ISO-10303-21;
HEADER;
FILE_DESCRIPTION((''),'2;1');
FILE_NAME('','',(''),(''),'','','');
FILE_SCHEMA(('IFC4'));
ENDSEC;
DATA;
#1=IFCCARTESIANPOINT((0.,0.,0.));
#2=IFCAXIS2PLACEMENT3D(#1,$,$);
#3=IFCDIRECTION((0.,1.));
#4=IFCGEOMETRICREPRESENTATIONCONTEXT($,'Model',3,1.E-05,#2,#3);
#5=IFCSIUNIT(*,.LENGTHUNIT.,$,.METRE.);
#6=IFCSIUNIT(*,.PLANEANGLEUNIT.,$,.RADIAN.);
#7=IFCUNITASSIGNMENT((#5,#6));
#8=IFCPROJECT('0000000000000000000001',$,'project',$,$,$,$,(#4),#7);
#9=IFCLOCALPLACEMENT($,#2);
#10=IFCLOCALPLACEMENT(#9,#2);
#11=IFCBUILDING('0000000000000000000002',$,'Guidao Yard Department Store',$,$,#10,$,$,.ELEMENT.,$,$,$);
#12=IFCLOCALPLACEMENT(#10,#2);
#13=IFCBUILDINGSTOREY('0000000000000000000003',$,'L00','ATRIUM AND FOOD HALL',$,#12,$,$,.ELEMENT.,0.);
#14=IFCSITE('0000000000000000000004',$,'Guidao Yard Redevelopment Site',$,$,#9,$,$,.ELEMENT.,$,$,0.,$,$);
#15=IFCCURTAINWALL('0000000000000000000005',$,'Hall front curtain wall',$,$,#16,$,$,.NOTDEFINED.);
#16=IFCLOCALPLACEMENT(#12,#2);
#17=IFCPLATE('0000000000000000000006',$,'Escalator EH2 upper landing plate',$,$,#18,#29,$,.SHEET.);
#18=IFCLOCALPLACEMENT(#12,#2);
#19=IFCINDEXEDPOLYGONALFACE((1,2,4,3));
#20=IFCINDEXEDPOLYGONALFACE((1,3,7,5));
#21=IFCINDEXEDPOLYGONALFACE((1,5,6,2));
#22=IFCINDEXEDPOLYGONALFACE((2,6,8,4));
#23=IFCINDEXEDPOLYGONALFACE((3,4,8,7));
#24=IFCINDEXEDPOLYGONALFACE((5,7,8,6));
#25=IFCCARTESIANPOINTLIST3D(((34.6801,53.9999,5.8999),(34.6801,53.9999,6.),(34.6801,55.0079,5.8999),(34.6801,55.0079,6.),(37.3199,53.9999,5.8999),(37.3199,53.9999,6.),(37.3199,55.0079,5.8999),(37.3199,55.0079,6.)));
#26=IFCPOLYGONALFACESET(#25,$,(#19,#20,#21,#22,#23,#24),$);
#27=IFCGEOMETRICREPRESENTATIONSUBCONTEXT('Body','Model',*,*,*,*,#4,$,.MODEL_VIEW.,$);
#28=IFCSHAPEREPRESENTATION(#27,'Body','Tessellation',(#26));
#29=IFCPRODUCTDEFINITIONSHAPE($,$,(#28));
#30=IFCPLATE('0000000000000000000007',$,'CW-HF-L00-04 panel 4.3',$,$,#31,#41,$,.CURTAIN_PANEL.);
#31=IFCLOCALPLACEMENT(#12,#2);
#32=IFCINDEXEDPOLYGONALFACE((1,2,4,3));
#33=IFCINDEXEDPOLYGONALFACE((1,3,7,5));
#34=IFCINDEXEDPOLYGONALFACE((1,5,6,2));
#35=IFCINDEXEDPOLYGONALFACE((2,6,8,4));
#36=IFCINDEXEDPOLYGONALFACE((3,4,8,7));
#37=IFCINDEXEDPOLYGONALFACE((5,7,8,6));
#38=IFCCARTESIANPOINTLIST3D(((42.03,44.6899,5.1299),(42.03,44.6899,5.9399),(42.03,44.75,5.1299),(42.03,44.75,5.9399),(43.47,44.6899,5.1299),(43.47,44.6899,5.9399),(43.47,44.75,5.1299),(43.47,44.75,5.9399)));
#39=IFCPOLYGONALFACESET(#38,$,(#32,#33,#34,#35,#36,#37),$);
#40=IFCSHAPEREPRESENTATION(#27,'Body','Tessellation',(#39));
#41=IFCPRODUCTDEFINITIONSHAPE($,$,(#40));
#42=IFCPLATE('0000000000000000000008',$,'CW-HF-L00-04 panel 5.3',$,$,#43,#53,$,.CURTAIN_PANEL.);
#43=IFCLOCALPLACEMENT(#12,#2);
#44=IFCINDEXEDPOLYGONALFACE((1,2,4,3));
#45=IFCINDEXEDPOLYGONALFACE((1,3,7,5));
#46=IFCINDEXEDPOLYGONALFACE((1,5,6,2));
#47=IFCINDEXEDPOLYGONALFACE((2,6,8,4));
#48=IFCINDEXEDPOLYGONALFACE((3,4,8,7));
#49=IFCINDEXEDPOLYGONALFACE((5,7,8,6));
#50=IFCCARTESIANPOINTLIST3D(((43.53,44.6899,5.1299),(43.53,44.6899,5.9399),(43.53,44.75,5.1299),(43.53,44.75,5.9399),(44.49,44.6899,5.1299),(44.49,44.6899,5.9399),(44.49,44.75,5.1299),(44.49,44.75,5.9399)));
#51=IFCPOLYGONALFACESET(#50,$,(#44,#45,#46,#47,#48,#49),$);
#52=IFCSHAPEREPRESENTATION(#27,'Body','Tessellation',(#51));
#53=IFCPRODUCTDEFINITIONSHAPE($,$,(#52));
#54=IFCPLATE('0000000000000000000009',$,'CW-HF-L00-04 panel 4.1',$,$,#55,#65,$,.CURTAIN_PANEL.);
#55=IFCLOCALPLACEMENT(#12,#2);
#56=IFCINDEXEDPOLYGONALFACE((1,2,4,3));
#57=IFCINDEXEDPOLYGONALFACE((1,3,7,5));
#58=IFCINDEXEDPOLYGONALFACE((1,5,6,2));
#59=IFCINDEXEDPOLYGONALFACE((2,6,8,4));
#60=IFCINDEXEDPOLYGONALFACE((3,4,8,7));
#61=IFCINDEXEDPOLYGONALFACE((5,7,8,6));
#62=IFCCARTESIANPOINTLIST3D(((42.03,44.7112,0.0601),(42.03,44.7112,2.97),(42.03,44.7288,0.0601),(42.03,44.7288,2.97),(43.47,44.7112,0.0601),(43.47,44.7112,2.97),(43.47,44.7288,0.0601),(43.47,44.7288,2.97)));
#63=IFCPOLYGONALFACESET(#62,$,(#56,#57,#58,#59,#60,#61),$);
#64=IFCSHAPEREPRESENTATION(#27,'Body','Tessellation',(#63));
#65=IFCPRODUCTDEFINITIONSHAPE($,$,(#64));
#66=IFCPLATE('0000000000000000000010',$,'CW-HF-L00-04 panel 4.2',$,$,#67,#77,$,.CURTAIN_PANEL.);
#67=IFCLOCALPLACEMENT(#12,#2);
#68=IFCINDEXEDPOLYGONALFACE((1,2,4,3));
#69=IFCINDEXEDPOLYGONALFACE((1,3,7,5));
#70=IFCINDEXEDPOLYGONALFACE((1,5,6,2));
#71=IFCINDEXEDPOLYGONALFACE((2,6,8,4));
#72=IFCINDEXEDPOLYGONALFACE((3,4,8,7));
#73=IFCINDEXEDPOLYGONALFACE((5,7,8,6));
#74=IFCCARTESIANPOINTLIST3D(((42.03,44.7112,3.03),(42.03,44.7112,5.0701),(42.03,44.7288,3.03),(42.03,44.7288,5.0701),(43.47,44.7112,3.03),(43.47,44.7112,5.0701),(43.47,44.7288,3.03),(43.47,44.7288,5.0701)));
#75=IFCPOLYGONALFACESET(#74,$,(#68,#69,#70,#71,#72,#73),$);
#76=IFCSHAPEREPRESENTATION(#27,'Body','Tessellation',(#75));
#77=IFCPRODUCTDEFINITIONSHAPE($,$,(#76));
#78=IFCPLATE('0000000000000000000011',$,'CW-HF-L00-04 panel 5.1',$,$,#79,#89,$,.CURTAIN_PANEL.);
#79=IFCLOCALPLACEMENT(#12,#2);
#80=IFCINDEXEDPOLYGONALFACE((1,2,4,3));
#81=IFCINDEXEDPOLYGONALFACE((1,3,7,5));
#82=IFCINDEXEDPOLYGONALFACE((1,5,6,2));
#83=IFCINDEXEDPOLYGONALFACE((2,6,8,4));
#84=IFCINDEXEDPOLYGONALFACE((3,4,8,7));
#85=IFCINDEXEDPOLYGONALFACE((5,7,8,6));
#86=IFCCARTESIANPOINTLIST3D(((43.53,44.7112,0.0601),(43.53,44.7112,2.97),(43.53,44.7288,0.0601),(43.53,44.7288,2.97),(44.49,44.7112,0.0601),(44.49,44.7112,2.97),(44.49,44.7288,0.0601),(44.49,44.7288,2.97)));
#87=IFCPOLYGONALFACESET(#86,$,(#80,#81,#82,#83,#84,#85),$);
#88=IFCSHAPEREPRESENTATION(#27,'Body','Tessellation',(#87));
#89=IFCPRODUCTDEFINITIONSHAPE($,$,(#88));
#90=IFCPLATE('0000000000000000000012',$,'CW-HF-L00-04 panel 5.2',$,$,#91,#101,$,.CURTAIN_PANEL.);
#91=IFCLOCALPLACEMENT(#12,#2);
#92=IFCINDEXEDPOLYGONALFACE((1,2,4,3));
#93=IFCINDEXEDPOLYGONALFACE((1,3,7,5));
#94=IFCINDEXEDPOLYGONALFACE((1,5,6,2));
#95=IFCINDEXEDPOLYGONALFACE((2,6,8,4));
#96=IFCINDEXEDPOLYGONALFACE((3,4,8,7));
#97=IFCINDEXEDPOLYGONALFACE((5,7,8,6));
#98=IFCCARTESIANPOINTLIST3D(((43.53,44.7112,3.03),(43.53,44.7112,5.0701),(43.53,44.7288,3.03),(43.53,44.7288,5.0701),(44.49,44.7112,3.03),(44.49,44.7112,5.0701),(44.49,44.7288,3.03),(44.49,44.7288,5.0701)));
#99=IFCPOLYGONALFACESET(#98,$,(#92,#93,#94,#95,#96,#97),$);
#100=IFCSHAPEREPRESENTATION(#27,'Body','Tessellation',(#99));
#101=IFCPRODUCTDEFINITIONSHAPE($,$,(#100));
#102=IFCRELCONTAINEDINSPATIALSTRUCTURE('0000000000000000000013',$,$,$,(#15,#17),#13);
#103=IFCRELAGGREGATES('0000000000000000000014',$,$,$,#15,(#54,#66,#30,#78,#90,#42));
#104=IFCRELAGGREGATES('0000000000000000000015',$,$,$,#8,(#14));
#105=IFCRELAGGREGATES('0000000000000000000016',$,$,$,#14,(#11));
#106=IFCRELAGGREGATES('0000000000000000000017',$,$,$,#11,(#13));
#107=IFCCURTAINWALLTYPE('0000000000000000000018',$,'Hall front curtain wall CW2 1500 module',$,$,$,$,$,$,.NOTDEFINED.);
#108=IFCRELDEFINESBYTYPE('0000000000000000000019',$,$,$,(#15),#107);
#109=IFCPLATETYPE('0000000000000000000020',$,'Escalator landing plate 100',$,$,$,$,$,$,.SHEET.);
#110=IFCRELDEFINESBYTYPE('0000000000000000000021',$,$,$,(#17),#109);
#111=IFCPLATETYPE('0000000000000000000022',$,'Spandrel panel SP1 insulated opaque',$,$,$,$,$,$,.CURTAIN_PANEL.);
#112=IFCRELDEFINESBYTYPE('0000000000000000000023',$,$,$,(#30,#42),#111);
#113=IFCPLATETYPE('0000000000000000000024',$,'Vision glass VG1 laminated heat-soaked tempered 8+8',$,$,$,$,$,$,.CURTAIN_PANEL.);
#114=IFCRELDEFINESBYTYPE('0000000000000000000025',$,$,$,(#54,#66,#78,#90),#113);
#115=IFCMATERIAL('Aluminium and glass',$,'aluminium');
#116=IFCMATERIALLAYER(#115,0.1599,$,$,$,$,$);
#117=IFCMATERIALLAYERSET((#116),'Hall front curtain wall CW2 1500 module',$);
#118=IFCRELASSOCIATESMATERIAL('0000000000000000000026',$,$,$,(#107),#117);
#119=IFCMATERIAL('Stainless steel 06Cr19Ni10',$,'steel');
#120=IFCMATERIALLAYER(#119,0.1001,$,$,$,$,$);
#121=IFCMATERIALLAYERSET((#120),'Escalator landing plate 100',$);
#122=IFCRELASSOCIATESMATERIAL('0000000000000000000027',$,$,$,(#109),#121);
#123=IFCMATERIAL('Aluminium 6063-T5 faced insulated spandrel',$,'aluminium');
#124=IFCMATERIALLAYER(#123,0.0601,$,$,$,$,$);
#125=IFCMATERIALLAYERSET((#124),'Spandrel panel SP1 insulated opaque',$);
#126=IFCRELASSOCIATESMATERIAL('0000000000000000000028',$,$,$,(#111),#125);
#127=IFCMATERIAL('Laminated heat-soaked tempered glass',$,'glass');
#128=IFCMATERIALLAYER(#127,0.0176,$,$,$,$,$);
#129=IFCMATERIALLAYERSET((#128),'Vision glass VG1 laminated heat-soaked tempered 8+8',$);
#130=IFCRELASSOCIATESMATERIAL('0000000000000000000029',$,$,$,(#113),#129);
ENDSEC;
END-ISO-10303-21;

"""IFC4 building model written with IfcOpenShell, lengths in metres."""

from ifc_helpers import new_model, si_unit, direction, frame, origin, origin_2d, place, context, subcontext, project, spatial, rectangle, extrude, material, layer, layer_set, type_object, element, aggregate, save


model = new_model("IFC4")

# Units and contexts
model_context = context("Model", 3, precision=1e-05, world=origin(), true_north=direction((0.0, 1.0)))
body_context = subcontext(model_context, "Body", "Model", "MODEL_VIEW")
ifc_project = project(units=[si_unit("LENGTHUNIT", "METRE"), si_unit("PLANEANGLEUNIT", "RADIAN")], contexts=[model_context])

# Site, building, storey
site_placement = place(None, origin())
site = spatial("IfcSite", under=ifc_project, at=site_placement, Name="Guidao Yard Redevelopment Site", CompositionType="ELEMENT", RefElevation=0.0)
building_placement = place(site_placement, origin())
building = spatial("IfcBuilding", under=site, at=building_placement, Name="Guidao Yard Department Store", CompositionType="ELEMENT")
storey_placement = place(building_placement, origin())
storey = spatial("IfcBuildingStorey", under=building, at=storey_placement, Name="L00", Description="ATRIUM AND FOOD HALL", CompositionType="ELEMENT", Elevation=0.0)

# Curtain wall
ifc_material_1 = material(Name="Aluminium and glass", Category="aluminium")
ifc_layer_1 = layer(ifc_material_1, 0.1599)
ifc_layer_set_1 = layer_set([ifc_layer_1], Name="Hall front curtain wall CW2 1500 module")
curtain_wall_type = type_object("IfcCurtainWallType", Name="Hall front curtain wall CW2 1500 module", PredefinedType="NOTDEFINED", material=ifc_layer_set_1)
curtain_wall_placement = place(storey_placement, origin())
curtain_wall = element("IfcCurtainWall", 1, at=curtain_wall_placement, inside=storey, type_object=curtain_wall_type, Name="Hall front curtain wall", PredefinedType="NOTDEFINED")

# Plates
ifc_material_2 = material(Name="Stainless steel 06Cr19Ni10", Category="steel")
ifc_layer_2 = layer(ifc_material_2, 0.1001)
ifc_layer_set_2 = layer_set([ifc_layer_2], Name="Escalator landing plate 100")
plate_type_1 = type_object("IfcPlateType", Name="Escalator landing plate 100", PredefinedType="SHEET", material=ifc_layer_set_2)
plate_1_placement = place(storey_placement, frame((36.0, 54.5039, 5.8999), z_axis=(0.0, 0.0, 1.0), x_axis=(1.0, 0.0, 0.0)))
element("IfcPlate", 2, at=plate_1_placement, inside=storey, type_object=plate_type_1, Name="Escalator EH2 upper landing plate", PredefinedType="SHEET", context=body_context, shape_type="SweptSolid", body=[
    extrude(rectangle(XDim=2.6399, YDim=1.0081, at=origin_2d()), origin(), (0.0, 0.0, 1.0), 0.1001),
])
ifc_material_3 = material(Name="Aluminium 6063-T5 faced insulated spandrel", Category="aluminium")
ifc_layer_3 = layer(ifc_material_3, 0.0601)
ifc_layer_set_3 = layer_set([ifc_layer_3], Name="Spandrel panel SP1 insulated opaque")
plate_type_2 = type_object("IfcPlateType", Name="Spandrel panel SP1 insulated opaque", PredefinedType="CURTAIN_PANEL", material=ifc_layer_set_3)
plate_2_placement = place(storey_placement, frame((42.75, 44.72, 5.1299), z_axis=(0.0, 0.0, 1.0), x_axis=(-1.0, 0.0, 0.0)))
plate_2 = element("IfcPlate", 3, at=plate_2_placement, type_object=plate_type_2, Name="CW-HF-L00-04 panel 4.3", PredefinedType="CURTAIN_PANEL", context=body_context, shape_type="SweptSolid", body=[
    extrude(rectangle(XDim=1.4399, YDim=0.0601, at=origin_2d()), origin(), (0.0, 0.0, 1.0), 0.8101),
])
plate_3_placement = place(storey_placement, frame((44.01, 44.72, 5.1299), z_axis=(0.0, 0.0, 1.0), x_axis=(-1.0, 0.0, 0.0)))
plate_3 = element("IfcPlate", 4, at=plate_3_placement, type_object=plate_type_2, Name="CW-HF-L00-04 panel 5.3", PredefinedType="CURTAIN_PANEL", context=body_context, shape_type="SweptSolid", body=[
    extrude(rectangle(XDim=0.96, YDim=0.0601, at=origin_2d()), origin(), (0.0, 0.0, 1.0), 0.8101),
])
ifc_material_4 = material(Name="Laminated heat-soaked tempered glass", Category="glass")
ifc_layer_4 = layer(ifc_material_4, 0.0176)
ifc_layer_set_4 = layer_set([ifc_layer_4], Name="Vision glass VG1 laminated heat-soaked tempered 8+8")
plate_type_3 = type_object("IfcPlateType", Name="Vision glass VG1 laminated heat-soaked tempered 8+8", PredefinedType="CURTAIN_PANEL", material=ifc_layer_set_4)
plate_4_placement = place(storey_placement, frame((42.75, 44.72, 0.0601), z_axis=(0.0, 0.0, 1.0), x_axis=(-1.0, 0.0, 0.0)))
plate_4 = element("IfcPlate", 5, at=plate_4_placement, type_object=plate_type_3, Name="CW-HF-L00-04 panel 4.1", PredefinedType="CURTAIN_PANEL", context=body_context, shape_type="SweptSolid", body=[
    extrude(rectangle(XDim=1.4399, YDim=0.0176, at=origin_2d()), origin(), (0.0, 0.0, 1.0), 2.9099),
])
plate_5_placement = place(storey_placement, frame((42.75, 44.72, 3.03), z_axis=(0.0, 0.0, 1.0), x_axis=(-1.0, 0.0, 0.0)))
plate_5 = element("IfcPlate", 6, at=plate_5_placement, type_object=plate_type_3, Name="CW-HF-L00-04 panel 4.2", PredefinedType="CURTAIN_PANEL", context=body_context, shape_type="SweptSolid", body=[
    extrude(rectangle(XDim=1.4399, YDim=0.0176, at=origin_2d()), origin(), (0.0, 0.0, 1.0), 2.04),
])
plate_6_placement = place(storey_placement, frame((44.01, 44.72, 0.0601), z_axis=(0.0, 0.0, 1.0), x_axis=(-1.0, 0.0, 0.0)))
plate_6 = element("IfcPlate", 7, at=plate_6_placement, type_object=plate_type_3, Name="CW-HF-L00-04 panel 5.1", PredefinedType="CURTAIN_PANEL", context=body_context, shape_type="SweptSolid", body=[
    extrude(rectangle(XDim=0.96, YDim=0.0176, at=origin_2d()), origin(), (0.0, 0.0, 1.0), 2.9099),
])
plate_7_placement = place(storey_placement, frame((44.01, 44.72, 3.03), z_axis=(0.0, 0.0, 1.0), x_axis=(-1.0, 0.0, 0.0)))
plate_7 = element("IfcPlate", 8, at=plate_7_placement, type_object=plate_type_3, Name="CW-HF-L00-04 panel 5.2", PredefinedType="CURTAIN_PANEL", context=body_context, shape_type="SweptSolid", body=[
    extrude(rectangle(XDim=0.96, YDim=0.0176, at=origin_2d()), origin(), (0.0, 0.0, 1.0), 2.04),
])
aggregate(curtain_wall, [plate_4, plate_5, plate_2, plate_6, plate_7, plate_3])

save(model, "model.ifc")
